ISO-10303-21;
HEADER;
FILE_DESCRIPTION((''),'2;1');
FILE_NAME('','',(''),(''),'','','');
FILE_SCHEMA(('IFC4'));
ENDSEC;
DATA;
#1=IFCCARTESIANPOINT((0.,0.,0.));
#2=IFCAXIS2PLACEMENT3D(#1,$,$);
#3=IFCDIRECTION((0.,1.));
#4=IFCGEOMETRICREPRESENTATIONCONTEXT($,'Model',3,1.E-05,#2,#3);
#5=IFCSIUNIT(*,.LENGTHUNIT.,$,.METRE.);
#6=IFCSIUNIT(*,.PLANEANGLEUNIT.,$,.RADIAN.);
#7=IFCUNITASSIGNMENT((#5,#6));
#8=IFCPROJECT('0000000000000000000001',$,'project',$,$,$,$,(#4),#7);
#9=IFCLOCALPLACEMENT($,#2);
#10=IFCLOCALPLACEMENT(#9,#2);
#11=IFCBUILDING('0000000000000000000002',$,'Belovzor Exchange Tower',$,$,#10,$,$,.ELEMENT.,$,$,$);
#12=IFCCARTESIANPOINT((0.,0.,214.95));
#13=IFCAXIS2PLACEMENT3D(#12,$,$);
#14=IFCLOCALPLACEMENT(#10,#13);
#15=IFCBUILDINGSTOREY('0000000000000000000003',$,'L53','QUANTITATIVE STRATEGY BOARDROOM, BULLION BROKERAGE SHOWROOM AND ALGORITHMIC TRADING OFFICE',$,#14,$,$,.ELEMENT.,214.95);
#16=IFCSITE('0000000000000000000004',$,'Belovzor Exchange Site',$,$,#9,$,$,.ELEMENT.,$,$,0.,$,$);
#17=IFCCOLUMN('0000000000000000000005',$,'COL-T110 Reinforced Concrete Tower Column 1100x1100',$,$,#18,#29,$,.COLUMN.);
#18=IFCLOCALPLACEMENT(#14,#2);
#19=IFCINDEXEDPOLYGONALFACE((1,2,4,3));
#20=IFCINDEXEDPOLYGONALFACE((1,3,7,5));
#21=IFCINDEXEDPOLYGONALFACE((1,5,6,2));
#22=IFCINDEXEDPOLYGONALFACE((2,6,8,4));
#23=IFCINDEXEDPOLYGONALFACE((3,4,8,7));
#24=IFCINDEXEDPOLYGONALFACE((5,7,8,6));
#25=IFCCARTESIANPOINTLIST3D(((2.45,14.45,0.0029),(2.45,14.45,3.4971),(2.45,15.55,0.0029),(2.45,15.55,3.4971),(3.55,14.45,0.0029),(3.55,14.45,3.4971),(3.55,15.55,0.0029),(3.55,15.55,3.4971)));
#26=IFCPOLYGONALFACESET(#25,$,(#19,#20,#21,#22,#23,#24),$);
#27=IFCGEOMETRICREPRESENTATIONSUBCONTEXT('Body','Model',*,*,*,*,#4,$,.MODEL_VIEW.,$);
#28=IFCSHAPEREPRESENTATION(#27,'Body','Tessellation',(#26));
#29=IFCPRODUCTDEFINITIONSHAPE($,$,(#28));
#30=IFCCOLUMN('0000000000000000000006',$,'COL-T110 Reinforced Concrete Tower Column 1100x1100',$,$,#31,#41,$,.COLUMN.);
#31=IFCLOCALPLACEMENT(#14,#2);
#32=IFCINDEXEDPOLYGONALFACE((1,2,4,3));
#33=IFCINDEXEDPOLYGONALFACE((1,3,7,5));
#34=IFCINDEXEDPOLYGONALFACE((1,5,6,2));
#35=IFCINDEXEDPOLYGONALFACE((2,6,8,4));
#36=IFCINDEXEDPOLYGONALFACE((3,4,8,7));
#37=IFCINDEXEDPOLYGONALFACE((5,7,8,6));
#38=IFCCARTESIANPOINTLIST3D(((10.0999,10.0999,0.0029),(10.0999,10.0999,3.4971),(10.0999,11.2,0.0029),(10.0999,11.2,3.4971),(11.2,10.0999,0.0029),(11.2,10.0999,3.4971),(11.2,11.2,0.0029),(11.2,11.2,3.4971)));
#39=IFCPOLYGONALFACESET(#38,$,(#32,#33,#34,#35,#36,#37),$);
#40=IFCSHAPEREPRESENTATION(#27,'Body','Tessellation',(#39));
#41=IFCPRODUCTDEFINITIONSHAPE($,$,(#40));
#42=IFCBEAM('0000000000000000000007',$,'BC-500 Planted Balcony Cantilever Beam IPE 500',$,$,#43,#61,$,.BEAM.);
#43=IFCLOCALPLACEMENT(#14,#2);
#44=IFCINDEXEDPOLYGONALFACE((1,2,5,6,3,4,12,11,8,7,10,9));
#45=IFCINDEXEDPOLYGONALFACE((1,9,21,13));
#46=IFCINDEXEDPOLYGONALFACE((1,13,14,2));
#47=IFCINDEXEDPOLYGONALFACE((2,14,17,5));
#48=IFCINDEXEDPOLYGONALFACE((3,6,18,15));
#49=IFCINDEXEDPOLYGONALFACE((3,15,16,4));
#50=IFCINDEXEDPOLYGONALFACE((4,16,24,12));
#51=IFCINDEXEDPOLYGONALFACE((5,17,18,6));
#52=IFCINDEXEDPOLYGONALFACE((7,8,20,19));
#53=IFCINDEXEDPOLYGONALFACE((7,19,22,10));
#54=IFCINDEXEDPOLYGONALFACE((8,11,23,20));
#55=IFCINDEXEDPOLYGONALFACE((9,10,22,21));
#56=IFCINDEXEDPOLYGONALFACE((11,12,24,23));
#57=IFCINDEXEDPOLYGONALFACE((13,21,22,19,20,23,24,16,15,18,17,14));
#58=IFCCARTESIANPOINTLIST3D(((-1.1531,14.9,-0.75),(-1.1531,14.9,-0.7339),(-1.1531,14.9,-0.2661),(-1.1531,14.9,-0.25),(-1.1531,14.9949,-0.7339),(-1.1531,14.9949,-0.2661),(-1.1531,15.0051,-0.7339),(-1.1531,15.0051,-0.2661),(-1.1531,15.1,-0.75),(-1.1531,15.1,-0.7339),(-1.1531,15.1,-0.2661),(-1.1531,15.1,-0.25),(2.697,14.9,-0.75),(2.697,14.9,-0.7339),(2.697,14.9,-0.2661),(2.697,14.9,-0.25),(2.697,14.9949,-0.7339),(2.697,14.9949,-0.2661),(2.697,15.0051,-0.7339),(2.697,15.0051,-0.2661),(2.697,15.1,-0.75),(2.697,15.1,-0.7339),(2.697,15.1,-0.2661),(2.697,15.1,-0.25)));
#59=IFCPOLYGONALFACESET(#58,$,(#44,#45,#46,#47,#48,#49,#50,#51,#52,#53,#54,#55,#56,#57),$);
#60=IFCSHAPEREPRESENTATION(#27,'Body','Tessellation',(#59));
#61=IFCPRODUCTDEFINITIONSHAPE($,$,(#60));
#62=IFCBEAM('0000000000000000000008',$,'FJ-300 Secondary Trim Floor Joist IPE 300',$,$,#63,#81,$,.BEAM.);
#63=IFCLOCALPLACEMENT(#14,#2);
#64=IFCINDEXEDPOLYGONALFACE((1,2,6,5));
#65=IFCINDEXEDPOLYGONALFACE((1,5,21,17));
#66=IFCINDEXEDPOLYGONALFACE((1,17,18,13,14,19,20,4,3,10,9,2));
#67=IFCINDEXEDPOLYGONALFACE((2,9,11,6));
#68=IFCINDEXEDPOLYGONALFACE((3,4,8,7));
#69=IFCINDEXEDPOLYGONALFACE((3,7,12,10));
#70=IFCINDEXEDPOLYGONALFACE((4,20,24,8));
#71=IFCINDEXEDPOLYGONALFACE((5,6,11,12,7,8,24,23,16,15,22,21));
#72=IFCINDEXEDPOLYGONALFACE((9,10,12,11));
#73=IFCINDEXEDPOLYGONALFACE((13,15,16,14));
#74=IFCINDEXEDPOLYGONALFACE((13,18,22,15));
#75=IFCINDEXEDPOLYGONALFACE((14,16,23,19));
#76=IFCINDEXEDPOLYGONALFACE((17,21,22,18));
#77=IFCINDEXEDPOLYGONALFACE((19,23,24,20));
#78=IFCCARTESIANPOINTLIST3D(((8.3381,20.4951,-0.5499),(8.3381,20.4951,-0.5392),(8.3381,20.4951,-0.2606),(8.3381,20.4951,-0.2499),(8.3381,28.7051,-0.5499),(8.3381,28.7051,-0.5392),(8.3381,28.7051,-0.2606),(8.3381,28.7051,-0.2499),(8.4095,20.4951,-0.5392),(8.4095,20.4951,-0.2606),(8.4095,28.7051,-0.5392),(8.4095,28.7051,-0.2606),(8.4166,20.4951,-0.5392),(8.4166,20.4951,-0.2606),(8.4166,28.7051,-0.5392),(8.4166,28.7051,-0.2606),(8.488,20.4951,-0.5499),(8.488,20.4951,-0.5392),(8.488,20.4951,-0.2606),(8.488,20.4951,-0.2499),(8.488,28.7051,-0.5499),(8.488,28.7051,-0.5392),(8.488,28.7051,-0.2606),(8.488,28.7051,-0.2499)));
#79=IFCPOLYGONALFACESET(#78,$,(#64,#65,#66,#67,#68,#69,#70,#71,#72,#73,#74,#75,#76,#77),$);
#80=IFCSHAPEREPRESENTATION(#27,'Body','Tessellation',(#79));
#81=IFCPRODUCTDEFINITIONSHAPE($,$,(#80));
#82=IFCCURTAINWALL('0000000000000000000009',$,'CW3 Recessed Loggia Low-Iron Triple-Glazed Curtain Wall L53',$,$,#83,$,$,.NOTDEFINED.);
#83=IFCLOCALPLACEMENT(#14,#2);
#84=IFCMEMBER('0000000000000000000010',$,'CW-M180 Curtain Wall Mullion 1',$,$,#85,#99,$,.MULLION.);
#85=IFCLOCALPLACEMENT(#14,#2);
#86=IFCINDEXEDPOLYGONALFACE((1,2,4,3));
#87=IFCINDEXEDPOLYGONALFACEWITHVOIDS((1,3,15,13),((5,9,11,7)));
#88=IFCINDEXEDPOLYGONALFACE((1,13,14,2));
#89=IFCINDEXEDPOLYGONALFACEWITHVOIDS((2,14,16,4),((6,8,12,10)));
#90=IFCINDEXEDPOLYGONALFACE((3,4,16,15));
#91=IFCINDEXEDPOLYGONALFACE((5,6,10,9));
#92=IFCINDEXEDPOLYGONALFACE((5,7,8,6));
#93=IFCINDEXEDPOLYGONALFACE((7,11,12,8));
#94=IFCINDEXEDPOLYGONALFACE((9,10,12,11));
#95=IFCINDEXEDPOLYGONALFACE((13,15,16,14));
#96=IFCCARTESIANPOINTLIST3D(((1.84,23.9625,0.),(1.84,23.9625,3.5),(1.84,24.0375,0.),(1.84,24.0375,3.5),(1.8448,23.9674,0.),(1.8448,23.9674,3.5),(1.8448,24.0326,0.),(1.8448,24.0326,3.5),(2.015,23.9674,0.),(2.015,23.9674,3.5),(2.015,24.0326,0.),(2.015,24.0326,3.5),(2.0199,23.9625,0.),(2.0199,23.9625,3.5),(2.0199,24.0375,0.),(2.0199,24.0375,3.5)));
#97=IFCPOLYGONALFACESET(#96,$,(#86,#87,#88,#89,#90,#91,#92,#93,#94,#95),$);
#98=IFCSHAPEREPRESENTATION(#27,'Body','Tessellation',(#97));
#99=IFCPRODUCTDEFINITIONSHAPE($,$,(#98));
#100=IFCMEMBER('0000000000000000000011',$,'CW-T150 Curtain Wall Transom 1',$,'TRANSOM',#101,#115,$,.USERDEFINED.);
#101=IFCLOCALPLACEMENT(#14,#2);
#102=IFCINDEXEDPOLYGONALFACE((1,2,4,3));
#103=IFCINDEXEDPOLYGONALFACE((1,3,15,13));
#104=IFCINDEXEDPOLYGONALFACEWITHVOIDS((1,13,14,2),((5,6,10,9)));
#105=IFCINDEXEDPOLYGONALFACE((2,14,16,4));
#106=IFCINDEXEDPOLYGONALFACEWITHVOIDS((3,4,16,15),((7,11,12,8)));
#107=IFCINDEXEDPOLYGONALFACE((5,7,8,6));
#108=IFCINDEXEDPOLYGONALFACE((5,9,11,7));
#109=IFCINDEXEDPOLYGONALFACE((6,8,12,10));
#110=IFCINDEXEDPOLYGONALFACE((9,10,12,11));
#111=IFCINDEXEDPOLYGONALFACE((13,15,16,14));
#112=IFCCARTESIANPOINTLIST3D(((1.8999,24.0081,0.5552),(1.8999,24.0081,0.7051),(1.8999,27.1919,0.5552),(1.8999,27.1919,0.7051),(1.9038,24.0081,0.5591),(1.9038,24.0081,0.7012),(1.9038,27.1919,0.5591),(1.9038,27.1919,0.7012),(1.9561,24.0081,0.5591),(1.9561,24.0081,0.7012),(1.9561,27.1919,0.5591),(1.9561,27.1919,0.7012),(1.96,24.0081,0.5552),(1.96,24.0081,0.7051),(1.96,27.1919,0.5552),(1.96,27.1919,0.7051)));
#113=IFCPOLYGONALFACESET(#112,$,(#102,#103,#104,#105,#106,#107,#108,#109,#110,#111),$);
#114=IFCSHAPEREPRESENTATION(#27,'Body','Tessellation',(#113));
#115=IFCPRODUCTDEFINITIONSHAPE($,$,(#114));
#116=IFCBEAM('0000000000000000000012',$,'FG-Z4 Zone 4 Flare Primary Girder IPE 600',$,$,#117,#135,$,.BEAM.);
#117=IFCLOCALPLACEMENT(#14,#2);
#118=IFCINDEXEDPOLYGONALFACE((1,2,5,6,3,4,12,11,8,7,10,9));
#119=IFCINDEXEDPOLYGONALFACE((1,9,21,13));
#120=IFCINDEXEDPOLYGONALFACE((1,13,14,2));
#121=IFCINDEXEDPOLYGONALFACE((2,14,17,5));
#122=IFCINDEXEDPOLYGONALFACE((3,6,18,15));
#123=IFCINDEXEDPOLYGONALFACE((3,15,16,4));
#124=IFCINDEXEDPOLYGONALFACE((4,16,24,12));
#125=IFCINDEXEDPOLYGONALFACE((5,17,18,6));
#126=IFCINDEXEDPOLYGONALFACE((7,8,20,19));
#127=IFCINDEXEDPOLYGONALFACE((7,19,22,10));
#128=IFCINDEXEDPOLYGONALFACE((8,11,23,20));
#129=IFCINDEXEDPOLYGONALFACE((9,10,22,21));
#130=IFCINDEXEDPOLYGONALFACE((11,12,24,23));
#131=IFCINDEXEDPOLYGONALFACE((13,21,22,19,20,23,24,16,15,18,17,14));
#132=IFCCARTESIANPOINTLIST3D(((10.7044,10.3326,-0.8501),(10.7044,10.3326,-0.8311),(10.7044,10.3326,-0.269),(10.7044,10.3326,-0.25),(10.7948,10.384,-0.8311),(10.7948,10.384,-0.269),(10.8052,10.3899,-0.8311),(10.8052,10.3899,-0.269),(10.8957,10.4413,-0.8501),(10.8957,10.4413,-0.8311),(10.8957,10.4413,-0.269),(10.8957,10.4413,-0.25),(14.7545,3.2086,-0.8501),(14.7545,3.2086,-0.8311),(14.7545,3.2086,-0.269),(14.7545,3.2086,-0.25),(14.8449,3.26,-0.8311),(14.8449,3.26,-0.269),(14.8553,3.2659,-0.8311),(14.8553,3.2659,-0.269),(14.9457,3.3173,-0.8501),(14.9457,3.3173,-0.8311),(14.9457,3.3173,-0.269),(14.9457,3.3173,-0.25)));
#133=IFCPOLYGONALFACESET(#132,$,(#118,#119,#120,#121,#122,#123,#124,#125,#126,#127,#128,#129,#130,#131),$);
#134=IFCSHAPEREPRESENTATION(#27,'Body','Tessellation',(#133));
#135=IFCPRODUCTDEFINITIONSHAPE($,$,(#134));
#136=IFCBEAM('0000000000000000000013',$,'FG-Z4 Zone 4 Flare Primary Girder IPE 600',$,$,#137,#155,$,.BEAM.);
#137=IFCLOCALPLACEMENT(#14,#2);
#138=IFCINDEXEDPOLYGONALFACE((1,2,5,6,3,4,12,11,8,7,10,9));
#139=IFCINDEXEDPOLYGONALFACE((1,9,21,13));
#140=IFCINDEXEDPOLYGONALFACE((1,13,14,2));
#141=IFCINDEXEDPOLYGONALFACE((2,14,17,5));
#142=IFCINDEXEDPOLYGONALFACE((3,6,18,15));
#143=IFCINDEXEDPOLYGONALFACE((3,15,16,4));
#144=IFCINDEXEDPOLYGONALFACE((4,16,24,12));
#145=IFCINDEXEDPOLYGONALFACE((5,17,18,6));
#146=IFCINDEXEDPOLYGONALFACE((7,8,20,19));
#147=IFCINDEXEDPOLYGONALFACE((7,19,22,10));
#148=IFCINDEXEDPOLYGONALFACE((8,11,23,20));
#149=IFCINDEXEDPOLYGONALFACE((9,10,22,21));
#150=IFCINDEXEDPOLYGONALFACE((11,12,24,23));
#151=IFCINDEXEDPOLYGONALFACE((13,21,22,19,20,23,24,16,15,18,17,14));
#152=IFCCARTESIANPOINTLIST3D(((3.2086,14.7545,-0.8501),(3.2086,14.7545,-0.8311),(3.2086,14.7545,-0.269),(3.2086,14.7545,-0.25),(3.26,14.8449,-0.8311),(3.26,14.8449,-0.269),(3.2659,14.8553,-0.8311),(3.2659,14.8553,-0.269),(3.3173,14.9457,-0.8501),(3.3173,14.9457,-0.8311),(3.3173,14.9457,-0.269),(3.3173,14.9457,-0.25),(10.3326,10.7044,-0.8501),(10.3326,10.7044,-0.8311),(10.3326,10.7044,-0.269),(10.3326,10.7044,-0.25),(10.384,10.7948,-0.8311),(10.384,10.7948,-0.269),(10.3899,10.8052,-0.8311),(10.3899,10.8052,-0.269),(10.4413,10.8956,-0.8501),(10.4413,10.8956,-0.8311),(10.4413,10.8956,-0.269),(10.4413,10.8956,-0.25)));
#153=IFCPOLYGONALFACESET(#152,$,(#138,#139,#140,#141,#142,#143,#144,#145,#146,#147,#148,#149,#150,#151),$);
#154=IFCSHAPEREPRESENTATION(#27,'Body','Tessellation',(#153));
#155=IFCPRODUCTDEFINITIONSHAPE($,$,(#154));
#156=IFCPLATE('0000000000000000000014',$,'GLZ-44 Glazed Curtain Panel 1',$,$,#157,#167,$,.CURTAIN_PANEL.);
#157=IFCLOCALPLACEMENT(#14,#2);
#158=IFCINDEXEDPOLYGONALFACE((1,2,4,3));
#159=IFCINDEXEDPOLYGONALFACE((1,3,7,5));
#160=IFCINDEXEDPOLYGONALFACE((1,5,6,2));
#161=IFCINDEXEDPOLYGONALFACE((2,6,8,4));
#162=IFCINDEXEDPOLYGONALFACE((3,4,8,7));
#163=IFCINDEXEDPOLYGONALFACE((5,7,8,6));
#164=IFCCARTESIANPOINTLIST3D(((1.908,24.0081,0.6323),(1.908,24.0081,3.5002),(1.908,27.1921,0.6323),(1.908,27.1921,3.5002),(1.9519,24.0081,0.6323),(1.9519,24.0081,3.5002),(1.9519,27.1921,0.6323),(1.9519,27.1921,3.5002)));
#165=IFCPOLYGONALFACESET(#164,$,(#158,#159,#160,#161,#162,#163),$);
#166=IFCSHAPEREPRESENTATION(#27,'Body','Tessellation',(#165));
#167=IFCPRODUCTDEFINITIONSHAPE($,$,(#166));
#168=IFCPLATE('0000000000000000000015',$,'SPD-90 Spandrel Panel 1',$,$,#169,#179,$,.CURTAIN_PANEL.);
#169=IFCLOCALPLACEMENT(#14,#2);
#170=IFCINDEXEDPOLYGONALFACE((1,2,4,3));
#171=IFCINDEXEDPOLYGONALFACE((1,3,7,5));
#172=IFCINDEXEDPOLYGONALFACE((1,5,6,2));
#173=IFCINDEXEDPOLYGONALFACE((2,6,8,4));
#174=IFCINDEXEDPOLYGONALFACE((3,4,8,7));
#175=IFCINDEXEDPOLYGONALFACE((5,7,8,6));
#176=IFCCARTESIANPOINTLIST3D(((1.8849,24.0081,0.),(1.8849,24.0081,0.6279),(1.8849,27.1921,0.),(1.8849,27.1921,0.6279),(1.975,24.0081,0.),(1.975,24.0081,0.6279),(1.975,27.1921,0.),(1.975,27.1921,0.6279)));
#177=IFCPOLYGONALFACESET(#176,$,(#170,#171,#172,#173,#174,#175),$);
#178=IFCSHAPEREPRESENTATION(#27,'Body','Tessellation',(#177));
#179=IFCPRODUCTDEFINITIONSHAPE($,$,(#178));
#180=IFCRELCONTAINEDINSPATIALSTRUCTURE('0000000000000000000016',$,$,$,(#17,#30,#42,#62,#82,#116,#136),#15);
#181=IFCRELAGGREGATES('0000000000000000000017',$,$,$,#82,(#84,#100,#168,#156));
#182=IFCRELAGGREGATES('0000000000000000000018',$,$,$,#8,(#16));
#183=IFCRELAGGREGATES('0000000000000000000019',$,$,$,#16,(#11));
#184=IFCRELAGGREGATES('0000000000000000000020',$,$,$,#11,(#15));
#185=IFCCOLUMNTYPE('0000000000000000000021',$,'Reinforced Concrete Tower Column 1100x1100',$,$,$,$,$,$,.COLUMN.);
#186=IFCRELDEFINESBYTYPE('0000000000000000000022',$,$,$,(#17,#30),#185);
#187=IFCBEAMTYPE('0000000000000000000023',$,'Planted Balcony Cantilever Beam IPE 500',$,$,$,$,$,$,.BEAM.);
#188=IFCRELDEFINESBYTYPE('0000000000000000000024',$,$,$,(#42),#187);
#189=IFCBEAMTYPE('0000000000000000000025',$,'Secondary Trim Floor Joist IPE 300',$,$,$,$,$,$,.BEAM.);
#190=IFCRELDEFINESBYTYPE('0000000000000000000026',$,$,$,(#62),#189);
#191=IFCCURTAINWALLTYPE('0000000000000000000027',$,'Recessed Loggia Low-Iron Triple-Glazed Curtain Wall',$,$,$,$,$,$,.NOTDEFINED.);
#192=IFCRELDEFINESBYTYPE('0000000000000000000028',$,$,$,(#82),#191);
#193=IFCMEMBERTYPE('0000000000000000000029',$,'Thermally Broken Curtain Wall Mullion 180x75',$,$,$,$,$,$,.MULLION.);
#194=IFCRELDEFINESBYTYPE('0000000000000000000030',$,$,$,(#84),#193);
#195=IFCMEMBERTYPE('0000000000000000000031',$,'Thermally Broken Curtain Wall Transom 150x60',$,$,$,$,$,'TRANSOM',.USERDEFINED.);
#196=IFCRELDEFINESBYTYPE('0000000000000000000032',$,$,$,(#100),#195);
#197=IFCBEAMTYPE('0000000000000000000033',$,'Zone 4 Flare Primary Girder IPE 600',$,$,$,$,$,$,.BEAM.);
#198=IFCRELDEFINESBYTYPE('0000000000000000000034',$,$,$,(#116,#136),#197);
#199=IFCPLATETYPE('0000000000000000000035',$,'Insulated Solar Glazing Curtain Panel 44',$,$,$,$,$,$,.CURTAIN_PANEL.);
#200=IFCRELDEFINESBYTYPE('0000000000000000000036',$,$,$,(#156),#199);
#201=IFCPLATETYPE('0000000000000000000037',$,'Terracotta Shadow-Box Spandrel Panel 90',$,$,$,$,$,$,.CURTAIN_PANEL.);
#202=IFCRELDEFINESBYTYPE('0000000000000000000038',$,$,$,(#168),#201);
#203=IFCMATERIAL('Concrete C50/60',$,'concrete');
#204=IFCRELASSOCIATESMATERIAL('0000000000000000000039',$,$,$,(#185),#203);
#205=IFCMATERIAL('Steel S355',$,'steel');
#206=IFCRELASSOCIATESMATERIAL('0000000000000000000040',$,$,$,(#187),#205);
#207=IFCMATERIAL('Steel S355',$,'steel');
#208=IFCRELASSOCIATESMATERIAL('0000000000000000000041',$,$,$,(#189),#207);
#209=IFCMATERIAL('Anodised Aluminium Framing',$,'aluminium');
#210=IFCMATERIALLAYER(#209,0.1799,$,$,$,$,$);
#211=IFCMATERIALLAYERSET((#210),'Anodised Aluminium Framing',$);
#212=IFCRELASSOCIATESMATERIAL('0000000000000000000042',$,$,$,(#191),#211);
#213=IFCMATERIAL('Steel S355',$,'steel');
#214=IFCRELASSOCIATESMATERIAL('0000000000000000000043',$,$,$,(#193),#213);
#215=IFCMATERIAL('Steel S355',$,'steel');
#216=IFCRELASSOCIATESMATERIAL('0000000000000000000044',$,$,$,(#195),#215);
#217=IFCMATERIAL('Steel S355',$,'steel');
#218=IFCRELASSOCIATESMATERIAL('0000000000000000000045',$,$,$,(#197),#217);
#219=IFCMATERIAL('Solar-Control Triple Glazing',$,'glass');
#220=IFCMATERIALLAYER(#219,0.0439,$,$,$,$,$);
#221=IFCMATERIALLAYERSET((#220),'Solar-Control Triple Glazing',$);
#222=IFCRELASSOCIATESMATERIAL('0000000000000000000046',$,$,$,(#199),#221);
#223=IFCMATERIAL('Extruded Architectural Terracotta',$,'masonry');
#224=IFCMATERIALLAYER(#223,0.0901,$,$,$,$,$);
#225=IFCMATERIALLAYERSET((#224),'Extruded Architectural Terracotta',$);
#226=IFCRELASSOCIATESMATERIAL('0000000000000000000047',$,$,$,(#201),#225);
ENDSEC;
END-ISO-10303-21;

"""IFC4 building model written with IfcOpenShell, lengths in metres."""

from ifc_helpers import new_model, si_unit, direction, frame, origin, origin_2d, place, context, subcontext, project, spatial, rectangle, hollow_rectangle, i_section, extrude, material, layer, layer_set, material_profile, profile_set, type_object, element, aggregate, save


model = new_model("IFC4")

# Units and contexts
model_context = context("Model", 3, precision=1e-05, world=origin(), true_north=direction((0.0, 1.0)))
body_context = subcontext(model_context, "Body", "Model", "MODEL_VIEW")
ifc_project = project(units=[si_unit("LENGTHUNIT", "METRE"), si_unit("PLANEANGLEUNIT", "RADIAN")], contexts=[model_context])

# Site, building, storey
site_placement = place(None, origin())
site = spatial("IfcSite", under=ifc_project, at=site_placement, Name="Belovzor Exchange Site", CompositionType="ELEMENT", RefElevation=0.0)
building_placement = place(site_placement, origin())
building = spatial("IfcBuilding", under=site, at=building_placement, Name="Belovzor Exchange Tower", CompositionType="ELEMENT")
storey_placement = place(building_placement, frame((0.0, 0.0, 214.95)))
storey = spatial("IfcBuildingStorey", under=building, at=storey_placement, Name="L53", Description="QUANTITATIVE STRATEGY BOARDROOM, BULLION BROKERAGE SHOWROOM AND ALGORITHMIC TRADING OFFICE", CompositionType="ELEMENT", Elevation=214.95)

# Columns
ifc_material_1 = material(Name="Concrete C50/60", Category="concrete")
ifc_material_profile_1 = material_profile(ifc_material_1, rectangle(XDim=1.1001, YDim=1.1001, at=origin_2d()))
ifc_profile_set_1 = profile_set([ifc_material_profile_1], Name="Concrete C50/60")
column_type = type_object("IfcColumnType", Name="Reinforced Concrete Tower Column 1100x1100", PredefinedType="COLUMN", material=ifc_profile_set_1)
for number, where, z_axis, x_axis, name in (
    (1, (3.0, 15.0, 0.0029), (0.0, 0.0, 1.0), (1.0, 0.0, 0.0), "COL-T110 Reinforced Concrete Tower Column 1100x1100"),
    (2, (10.6499, 10.6499, 0.0029), (0.0, 0.0, 1.0), (1.0, 0.0, 0.0), "COL-T110 Reinforced Concrete Tower Column 1100x1100"),
):
    element("IfcColumn", number, at=place(storey_placement, frame(where, z_axis=z_axis, x_axis=x_axis)), inside=storey, type_object=column_type, Name=name, PredefinedType="COLUMN", context=body_context, shape_type="SweptSolid", body=[
        extrude(rectangle(XDim=1.1001, YDim=1.1001, at=origin_2d()), origin(), (0.0, 0.0, 1.0), 3.4941),
    ])

# Beams
ifc_material_2 = material(Name="Steel S355", Category="steel")
ifc_material_profile_2 = material_profile(ifc_material_2, i_section(OverallWidth=0.2, OverallDepth=0.5, WebThickness=0.0103, FlangeThickness=0.0161, at=origin_2d()))
ifc_profile_set_2 = profile_set([ifc_material_profile_2], Name="Steel S355")
beam_type_1 = type_object("IfcBeamType", Name="Planted Balcony Cantilever Beam IPE 500", PredefinedType="BEAM", material=ifc_profile_set_2)
beam_1_placement = place(storey_placement, frame((2.697, 15.0, -0.5), z_axis=(-1.0, 0.0, 0.0), x_axis=(0.0, -1.0, 0.0)))
element("IfcBeam", 3, at=beam_1_placement, inside=storey, type_object=beam_type_1, Name="BC-500 Planted Balcony Cantilever Beam IPE 500", PredefinedType="BEAM", context=body_context, shape_type="SweptSolid", body=[
    extrude(i_section(OverallWidth=0.2, OverallDepth=0.5, WebThickness=0.0103, FlangeThickness=0.0161, at=origin_2d()), origin(), (0.0, 0.0, 1.0), 3.8501),
])
ifc_material_3 = material(Name="Steel S355", Category="steel")
ifc_material_profile_3 = material_profile(ifc_material_3, i_section(OverallWidth=0.1499, OverallDepth=0.3, WebThickness=0.0071, FlangeThickness=0.0107, at=origin_2d()))
ifc_profile_set_3 = profile_set([ifc_material_profile_3], Name="Steel S355")
beam_type_2 = type_object("IfcBeamType", Name="Secondary Trim Floor Joist IPE 300", PredefinedType="BEAM", material=ifc_profile_set_3)
beam_2_placement = place(storey_placement, frame((8.4131, 20.4951, -0.3999), z_axis=(0.0, 1.0, 0.0), x_axis=(-1.0, 0.0, 0.0)))
element("IfcBeam", 4, at=beam_2_placement, inside=storey, type_object=beam_type_2, Name="FJ-300 Secondary Trim Floor Joist IPE 300", PredefinedType="BEAM", context=body_context, shape_type="SweptSolid", body=[
    extrude(i_section(OverallWidth=0.1499, OverallDepth=0.3, WebThickness=0.0071, FlangeThickness=0.0107, at=origin_2d()), origin(), (0.0, 0.0, 1.0), 8.21),
])

# Curtain wall, members
ifc_material_4 = material(Name="Anodised Aluminium Framing", Category="aluminium")
ifc_layer_1 = layer(ifc_material_4, 0.1799)
ifc_layer_set_1 = layer_set([ifc_layer_1], Name="Anodised Aluminium Framing")
curtain_wall_type = type_object("IfcCurtainWallType", Name="Recessed Loggia Low-Iron Triple-Glazed Curtain Wall", PredefinedType="NOTDEFINED", material=ifc_layer_set_1)
curtain_wall_placement = place(storey_placement, origin())
curtain_wall = element("IfcCurtainWall", 5, at=curtain_wall_placement, inside=storey, type_object=curtain_wall_type, Name="CW3 Recessed Loggia Low-Iron Triple-Glazed Curtain Wall L53", PredefinedType="NOTDEFINED")
ifc_material_5 = material(Name="Steel S355", Category="steel")
ifc_material_profile_4 = material_profile(ifc_material_5, hollow_rectangle(XDim=0.075, YDim=0.1799, WallThickness=0.0049, at=origin_2d()))
ifc_profile_set_4 = profile_set([ifc_material_profile_4], Name="Steel S355")
member_type_1 = type_object("IfcMemberType", Name="Thermally Broken Curtain Wall Mullion 180x75", PredefinedType="MULLION", material=ifc_profile_set_4)
member_1_placement = place(storey_placement, frame((1.9299, 24.0, 0.0), z_axis=(0.0, 0.0, 1.0), x_axis=(0.0, 1.0, 0.0)))
member_1 = element("IfcMember", 6, at=member_1_placement, type_object=member_type_1, Name="CW-M180 Curtain Wall Mullion 1", PredefinedType="MULLION", context=body_context, shape_type="SweptSolid", body=[
    extrude(hollow_rectangle(XDim=0.075, YDim=0.1799, WallThickness=0.0049, at=origin_2d()), origin(), (0.0, 0.0, 1.0), 3.5),
])
ifc_material_6 = material(Name="Steel S355", Category="steel")
ifc_material_profile_5 = material_profile(ifc_material_6, hollow_rectangle(XDim=0.0601, YDim=0.1499, WallThickness=0.0039, at=origin_2d()))
ifc_profile_set_5 = profile_set([ifc_material_profile_5], Name="Steel S355")
member_type_2 = type_object("IfcMemberType", Name="Thermally Broken Curtain Wall Transom 150x60", ElementType="TRANSOM", PredefinedType="USERDEFINED", material=ifc_profile_set_5)
member_2_placement = place(storey_placement, frame((1.9299, 24.0081, 0.6301), z_axis=(0.0, 1.0, 0.0), x_axis=(-1.0, 0.0, 0.0)))
member_2 = element("IfcMember", 7, at=member_2_placement, type_object=member_type_2, Name="CW-T150 Curtain Wall Transom 1", ObjectType="TRANSOM", PredefinedType="USERDEFINED", context=body_context, shape_type="SweptSolid", body=[
    extrude(hollow_rectangle(XDim=0.0601, YDim=0.1499, WallThickness=0.0039, at=origin_2d()), origin(), (0.0, 0.0, 1.0), 3.1838),
])

# Beams
ifc_material_7 = material(Name="Steel S355", Category="steel")
ifc_material_profile_6 = material_profile(ifc_material_7, i_section(OverallWidth=0.22, OverallDepth=0.6001, WebThickness=0.012, FlangeThickness=0.019, at=origin_2d()))
ifc_profile_set_6 = profile_set([ifc_material_profile_6], Name="Steel S355")
beam_type_3 = type_object("IfcBeamType", Name="Zone 4 Flare Primary Girder IPE 600", PredefinedType="BEAM", material=ifc_profile_set_6)
for number, where, z_axis, x_axis, name in (
    (8, (10.8, 10.387, -0.55), (0.494222, -0.869336, 0.0), (0.869336, 0.494222, 0.0), "FG-Z4 Zone 4 Flare Primary Girder IPE 600"),
    (9, (3.2629, 14.8501, -0.55), (0.869336, -0.494222, 0.0), (0.494222, 0.869336, 0.0), "FG-Z4 Zone 4 Flare Primary Girder IPE 600"),
):
    element("IfcBeam", number, at=place(storey_placement, frame(where, z_axis=z_axis, x_axis=x_axis)), inside=storey, type_object=beam_type_3, Name=name, PredefinedType="BEAM", context=body_context, shape_type="SweptSolid", body=[
        extrude(i_section(OverallWidth=0.22, OverallDepth=0.6001, WebThickness=0.012, FlangeThickness=0.019, at=origin_2d()), origin(), (0.0, 0.0, 1.0), 8.1948),
    ])

# Plates
ifc_material_8 = material(Name="Solar-Control Triple Glazing", Category="glass")
ifc_layer_2 = layer(ifc_material_8, 0.0439)
ifc_layer_set_2 = layer_set([ifc_layer_2], Name="Solar-Control Triple Glazing")
plate_type_1 = type_object("IfcPlateType", Name="Insulated Solar Glazing Curtain Panel 44", PredefinedType="CURTAIN_PANEL", material=ifc_layer_set_2)
plate_1_placement = place(storey_placement, frame((1.9299, 25.6001, 0.6323), z_axis=(0.0, 0.0, 1.0), x_axis=(0.0, 1.0, 0.0)))
plate_1 = element("IfcPlate", 10, at=plate_1_placement, type_object=plate_type_1, Name="GLZ-44 Glazed Curtain Panel 1", PredefinedType="CURTAIN_PANEL", context=body_context, shape_type="SweptSolid", body=[
    extrude(rectangle(XDim=3.1841, YDim=0.0439, at=origin_2d()), origin(), (0.0, 0.0, 1.0), 2.8679),
])
ifc_material_9 = material(Name="Extruded Architectural Terracotta", Category="masonry")
ifc_layer_3 = layer(ifc_material_9, 0.0901)
ifc_layer_set_3 = layer_set([ifc_layer_3], Name="Extruded Architectural Terracotta")
plate_type_2 = type_object("IfcPlateType", Name="Terracotta Shadow-Box Spandrel Panel 90", PredefinedType="CURTAIN_PANEL", material=ifc_layer_set_3)
plate_2_placement = place(storey_placement, frame((1.9299, 25.6001, 0.0), z_axis=(0.0, 0.0, 1.0), x_axis=(0.0, 1.0, 0.0)))
plate_2 = element("IfcPlate", 11, at=plate_2_placement, type_object=plate_type_2, Name="SPD-90 Spandrel Panel 1", PredefinedType="CURTAIN_PANEL", context=body_context, shape_type="SweptSolid", body=[
    extrude(rectangle(XDim=3.1841, YDim=0.0901, at=origin_2d()), origin(), (0.0, 0.0, 1.0), 0.6279),
])
aggregate(curtain_wall, [member_1, member_2, plate_2, plate_1])

save(model, "model.ifc")
